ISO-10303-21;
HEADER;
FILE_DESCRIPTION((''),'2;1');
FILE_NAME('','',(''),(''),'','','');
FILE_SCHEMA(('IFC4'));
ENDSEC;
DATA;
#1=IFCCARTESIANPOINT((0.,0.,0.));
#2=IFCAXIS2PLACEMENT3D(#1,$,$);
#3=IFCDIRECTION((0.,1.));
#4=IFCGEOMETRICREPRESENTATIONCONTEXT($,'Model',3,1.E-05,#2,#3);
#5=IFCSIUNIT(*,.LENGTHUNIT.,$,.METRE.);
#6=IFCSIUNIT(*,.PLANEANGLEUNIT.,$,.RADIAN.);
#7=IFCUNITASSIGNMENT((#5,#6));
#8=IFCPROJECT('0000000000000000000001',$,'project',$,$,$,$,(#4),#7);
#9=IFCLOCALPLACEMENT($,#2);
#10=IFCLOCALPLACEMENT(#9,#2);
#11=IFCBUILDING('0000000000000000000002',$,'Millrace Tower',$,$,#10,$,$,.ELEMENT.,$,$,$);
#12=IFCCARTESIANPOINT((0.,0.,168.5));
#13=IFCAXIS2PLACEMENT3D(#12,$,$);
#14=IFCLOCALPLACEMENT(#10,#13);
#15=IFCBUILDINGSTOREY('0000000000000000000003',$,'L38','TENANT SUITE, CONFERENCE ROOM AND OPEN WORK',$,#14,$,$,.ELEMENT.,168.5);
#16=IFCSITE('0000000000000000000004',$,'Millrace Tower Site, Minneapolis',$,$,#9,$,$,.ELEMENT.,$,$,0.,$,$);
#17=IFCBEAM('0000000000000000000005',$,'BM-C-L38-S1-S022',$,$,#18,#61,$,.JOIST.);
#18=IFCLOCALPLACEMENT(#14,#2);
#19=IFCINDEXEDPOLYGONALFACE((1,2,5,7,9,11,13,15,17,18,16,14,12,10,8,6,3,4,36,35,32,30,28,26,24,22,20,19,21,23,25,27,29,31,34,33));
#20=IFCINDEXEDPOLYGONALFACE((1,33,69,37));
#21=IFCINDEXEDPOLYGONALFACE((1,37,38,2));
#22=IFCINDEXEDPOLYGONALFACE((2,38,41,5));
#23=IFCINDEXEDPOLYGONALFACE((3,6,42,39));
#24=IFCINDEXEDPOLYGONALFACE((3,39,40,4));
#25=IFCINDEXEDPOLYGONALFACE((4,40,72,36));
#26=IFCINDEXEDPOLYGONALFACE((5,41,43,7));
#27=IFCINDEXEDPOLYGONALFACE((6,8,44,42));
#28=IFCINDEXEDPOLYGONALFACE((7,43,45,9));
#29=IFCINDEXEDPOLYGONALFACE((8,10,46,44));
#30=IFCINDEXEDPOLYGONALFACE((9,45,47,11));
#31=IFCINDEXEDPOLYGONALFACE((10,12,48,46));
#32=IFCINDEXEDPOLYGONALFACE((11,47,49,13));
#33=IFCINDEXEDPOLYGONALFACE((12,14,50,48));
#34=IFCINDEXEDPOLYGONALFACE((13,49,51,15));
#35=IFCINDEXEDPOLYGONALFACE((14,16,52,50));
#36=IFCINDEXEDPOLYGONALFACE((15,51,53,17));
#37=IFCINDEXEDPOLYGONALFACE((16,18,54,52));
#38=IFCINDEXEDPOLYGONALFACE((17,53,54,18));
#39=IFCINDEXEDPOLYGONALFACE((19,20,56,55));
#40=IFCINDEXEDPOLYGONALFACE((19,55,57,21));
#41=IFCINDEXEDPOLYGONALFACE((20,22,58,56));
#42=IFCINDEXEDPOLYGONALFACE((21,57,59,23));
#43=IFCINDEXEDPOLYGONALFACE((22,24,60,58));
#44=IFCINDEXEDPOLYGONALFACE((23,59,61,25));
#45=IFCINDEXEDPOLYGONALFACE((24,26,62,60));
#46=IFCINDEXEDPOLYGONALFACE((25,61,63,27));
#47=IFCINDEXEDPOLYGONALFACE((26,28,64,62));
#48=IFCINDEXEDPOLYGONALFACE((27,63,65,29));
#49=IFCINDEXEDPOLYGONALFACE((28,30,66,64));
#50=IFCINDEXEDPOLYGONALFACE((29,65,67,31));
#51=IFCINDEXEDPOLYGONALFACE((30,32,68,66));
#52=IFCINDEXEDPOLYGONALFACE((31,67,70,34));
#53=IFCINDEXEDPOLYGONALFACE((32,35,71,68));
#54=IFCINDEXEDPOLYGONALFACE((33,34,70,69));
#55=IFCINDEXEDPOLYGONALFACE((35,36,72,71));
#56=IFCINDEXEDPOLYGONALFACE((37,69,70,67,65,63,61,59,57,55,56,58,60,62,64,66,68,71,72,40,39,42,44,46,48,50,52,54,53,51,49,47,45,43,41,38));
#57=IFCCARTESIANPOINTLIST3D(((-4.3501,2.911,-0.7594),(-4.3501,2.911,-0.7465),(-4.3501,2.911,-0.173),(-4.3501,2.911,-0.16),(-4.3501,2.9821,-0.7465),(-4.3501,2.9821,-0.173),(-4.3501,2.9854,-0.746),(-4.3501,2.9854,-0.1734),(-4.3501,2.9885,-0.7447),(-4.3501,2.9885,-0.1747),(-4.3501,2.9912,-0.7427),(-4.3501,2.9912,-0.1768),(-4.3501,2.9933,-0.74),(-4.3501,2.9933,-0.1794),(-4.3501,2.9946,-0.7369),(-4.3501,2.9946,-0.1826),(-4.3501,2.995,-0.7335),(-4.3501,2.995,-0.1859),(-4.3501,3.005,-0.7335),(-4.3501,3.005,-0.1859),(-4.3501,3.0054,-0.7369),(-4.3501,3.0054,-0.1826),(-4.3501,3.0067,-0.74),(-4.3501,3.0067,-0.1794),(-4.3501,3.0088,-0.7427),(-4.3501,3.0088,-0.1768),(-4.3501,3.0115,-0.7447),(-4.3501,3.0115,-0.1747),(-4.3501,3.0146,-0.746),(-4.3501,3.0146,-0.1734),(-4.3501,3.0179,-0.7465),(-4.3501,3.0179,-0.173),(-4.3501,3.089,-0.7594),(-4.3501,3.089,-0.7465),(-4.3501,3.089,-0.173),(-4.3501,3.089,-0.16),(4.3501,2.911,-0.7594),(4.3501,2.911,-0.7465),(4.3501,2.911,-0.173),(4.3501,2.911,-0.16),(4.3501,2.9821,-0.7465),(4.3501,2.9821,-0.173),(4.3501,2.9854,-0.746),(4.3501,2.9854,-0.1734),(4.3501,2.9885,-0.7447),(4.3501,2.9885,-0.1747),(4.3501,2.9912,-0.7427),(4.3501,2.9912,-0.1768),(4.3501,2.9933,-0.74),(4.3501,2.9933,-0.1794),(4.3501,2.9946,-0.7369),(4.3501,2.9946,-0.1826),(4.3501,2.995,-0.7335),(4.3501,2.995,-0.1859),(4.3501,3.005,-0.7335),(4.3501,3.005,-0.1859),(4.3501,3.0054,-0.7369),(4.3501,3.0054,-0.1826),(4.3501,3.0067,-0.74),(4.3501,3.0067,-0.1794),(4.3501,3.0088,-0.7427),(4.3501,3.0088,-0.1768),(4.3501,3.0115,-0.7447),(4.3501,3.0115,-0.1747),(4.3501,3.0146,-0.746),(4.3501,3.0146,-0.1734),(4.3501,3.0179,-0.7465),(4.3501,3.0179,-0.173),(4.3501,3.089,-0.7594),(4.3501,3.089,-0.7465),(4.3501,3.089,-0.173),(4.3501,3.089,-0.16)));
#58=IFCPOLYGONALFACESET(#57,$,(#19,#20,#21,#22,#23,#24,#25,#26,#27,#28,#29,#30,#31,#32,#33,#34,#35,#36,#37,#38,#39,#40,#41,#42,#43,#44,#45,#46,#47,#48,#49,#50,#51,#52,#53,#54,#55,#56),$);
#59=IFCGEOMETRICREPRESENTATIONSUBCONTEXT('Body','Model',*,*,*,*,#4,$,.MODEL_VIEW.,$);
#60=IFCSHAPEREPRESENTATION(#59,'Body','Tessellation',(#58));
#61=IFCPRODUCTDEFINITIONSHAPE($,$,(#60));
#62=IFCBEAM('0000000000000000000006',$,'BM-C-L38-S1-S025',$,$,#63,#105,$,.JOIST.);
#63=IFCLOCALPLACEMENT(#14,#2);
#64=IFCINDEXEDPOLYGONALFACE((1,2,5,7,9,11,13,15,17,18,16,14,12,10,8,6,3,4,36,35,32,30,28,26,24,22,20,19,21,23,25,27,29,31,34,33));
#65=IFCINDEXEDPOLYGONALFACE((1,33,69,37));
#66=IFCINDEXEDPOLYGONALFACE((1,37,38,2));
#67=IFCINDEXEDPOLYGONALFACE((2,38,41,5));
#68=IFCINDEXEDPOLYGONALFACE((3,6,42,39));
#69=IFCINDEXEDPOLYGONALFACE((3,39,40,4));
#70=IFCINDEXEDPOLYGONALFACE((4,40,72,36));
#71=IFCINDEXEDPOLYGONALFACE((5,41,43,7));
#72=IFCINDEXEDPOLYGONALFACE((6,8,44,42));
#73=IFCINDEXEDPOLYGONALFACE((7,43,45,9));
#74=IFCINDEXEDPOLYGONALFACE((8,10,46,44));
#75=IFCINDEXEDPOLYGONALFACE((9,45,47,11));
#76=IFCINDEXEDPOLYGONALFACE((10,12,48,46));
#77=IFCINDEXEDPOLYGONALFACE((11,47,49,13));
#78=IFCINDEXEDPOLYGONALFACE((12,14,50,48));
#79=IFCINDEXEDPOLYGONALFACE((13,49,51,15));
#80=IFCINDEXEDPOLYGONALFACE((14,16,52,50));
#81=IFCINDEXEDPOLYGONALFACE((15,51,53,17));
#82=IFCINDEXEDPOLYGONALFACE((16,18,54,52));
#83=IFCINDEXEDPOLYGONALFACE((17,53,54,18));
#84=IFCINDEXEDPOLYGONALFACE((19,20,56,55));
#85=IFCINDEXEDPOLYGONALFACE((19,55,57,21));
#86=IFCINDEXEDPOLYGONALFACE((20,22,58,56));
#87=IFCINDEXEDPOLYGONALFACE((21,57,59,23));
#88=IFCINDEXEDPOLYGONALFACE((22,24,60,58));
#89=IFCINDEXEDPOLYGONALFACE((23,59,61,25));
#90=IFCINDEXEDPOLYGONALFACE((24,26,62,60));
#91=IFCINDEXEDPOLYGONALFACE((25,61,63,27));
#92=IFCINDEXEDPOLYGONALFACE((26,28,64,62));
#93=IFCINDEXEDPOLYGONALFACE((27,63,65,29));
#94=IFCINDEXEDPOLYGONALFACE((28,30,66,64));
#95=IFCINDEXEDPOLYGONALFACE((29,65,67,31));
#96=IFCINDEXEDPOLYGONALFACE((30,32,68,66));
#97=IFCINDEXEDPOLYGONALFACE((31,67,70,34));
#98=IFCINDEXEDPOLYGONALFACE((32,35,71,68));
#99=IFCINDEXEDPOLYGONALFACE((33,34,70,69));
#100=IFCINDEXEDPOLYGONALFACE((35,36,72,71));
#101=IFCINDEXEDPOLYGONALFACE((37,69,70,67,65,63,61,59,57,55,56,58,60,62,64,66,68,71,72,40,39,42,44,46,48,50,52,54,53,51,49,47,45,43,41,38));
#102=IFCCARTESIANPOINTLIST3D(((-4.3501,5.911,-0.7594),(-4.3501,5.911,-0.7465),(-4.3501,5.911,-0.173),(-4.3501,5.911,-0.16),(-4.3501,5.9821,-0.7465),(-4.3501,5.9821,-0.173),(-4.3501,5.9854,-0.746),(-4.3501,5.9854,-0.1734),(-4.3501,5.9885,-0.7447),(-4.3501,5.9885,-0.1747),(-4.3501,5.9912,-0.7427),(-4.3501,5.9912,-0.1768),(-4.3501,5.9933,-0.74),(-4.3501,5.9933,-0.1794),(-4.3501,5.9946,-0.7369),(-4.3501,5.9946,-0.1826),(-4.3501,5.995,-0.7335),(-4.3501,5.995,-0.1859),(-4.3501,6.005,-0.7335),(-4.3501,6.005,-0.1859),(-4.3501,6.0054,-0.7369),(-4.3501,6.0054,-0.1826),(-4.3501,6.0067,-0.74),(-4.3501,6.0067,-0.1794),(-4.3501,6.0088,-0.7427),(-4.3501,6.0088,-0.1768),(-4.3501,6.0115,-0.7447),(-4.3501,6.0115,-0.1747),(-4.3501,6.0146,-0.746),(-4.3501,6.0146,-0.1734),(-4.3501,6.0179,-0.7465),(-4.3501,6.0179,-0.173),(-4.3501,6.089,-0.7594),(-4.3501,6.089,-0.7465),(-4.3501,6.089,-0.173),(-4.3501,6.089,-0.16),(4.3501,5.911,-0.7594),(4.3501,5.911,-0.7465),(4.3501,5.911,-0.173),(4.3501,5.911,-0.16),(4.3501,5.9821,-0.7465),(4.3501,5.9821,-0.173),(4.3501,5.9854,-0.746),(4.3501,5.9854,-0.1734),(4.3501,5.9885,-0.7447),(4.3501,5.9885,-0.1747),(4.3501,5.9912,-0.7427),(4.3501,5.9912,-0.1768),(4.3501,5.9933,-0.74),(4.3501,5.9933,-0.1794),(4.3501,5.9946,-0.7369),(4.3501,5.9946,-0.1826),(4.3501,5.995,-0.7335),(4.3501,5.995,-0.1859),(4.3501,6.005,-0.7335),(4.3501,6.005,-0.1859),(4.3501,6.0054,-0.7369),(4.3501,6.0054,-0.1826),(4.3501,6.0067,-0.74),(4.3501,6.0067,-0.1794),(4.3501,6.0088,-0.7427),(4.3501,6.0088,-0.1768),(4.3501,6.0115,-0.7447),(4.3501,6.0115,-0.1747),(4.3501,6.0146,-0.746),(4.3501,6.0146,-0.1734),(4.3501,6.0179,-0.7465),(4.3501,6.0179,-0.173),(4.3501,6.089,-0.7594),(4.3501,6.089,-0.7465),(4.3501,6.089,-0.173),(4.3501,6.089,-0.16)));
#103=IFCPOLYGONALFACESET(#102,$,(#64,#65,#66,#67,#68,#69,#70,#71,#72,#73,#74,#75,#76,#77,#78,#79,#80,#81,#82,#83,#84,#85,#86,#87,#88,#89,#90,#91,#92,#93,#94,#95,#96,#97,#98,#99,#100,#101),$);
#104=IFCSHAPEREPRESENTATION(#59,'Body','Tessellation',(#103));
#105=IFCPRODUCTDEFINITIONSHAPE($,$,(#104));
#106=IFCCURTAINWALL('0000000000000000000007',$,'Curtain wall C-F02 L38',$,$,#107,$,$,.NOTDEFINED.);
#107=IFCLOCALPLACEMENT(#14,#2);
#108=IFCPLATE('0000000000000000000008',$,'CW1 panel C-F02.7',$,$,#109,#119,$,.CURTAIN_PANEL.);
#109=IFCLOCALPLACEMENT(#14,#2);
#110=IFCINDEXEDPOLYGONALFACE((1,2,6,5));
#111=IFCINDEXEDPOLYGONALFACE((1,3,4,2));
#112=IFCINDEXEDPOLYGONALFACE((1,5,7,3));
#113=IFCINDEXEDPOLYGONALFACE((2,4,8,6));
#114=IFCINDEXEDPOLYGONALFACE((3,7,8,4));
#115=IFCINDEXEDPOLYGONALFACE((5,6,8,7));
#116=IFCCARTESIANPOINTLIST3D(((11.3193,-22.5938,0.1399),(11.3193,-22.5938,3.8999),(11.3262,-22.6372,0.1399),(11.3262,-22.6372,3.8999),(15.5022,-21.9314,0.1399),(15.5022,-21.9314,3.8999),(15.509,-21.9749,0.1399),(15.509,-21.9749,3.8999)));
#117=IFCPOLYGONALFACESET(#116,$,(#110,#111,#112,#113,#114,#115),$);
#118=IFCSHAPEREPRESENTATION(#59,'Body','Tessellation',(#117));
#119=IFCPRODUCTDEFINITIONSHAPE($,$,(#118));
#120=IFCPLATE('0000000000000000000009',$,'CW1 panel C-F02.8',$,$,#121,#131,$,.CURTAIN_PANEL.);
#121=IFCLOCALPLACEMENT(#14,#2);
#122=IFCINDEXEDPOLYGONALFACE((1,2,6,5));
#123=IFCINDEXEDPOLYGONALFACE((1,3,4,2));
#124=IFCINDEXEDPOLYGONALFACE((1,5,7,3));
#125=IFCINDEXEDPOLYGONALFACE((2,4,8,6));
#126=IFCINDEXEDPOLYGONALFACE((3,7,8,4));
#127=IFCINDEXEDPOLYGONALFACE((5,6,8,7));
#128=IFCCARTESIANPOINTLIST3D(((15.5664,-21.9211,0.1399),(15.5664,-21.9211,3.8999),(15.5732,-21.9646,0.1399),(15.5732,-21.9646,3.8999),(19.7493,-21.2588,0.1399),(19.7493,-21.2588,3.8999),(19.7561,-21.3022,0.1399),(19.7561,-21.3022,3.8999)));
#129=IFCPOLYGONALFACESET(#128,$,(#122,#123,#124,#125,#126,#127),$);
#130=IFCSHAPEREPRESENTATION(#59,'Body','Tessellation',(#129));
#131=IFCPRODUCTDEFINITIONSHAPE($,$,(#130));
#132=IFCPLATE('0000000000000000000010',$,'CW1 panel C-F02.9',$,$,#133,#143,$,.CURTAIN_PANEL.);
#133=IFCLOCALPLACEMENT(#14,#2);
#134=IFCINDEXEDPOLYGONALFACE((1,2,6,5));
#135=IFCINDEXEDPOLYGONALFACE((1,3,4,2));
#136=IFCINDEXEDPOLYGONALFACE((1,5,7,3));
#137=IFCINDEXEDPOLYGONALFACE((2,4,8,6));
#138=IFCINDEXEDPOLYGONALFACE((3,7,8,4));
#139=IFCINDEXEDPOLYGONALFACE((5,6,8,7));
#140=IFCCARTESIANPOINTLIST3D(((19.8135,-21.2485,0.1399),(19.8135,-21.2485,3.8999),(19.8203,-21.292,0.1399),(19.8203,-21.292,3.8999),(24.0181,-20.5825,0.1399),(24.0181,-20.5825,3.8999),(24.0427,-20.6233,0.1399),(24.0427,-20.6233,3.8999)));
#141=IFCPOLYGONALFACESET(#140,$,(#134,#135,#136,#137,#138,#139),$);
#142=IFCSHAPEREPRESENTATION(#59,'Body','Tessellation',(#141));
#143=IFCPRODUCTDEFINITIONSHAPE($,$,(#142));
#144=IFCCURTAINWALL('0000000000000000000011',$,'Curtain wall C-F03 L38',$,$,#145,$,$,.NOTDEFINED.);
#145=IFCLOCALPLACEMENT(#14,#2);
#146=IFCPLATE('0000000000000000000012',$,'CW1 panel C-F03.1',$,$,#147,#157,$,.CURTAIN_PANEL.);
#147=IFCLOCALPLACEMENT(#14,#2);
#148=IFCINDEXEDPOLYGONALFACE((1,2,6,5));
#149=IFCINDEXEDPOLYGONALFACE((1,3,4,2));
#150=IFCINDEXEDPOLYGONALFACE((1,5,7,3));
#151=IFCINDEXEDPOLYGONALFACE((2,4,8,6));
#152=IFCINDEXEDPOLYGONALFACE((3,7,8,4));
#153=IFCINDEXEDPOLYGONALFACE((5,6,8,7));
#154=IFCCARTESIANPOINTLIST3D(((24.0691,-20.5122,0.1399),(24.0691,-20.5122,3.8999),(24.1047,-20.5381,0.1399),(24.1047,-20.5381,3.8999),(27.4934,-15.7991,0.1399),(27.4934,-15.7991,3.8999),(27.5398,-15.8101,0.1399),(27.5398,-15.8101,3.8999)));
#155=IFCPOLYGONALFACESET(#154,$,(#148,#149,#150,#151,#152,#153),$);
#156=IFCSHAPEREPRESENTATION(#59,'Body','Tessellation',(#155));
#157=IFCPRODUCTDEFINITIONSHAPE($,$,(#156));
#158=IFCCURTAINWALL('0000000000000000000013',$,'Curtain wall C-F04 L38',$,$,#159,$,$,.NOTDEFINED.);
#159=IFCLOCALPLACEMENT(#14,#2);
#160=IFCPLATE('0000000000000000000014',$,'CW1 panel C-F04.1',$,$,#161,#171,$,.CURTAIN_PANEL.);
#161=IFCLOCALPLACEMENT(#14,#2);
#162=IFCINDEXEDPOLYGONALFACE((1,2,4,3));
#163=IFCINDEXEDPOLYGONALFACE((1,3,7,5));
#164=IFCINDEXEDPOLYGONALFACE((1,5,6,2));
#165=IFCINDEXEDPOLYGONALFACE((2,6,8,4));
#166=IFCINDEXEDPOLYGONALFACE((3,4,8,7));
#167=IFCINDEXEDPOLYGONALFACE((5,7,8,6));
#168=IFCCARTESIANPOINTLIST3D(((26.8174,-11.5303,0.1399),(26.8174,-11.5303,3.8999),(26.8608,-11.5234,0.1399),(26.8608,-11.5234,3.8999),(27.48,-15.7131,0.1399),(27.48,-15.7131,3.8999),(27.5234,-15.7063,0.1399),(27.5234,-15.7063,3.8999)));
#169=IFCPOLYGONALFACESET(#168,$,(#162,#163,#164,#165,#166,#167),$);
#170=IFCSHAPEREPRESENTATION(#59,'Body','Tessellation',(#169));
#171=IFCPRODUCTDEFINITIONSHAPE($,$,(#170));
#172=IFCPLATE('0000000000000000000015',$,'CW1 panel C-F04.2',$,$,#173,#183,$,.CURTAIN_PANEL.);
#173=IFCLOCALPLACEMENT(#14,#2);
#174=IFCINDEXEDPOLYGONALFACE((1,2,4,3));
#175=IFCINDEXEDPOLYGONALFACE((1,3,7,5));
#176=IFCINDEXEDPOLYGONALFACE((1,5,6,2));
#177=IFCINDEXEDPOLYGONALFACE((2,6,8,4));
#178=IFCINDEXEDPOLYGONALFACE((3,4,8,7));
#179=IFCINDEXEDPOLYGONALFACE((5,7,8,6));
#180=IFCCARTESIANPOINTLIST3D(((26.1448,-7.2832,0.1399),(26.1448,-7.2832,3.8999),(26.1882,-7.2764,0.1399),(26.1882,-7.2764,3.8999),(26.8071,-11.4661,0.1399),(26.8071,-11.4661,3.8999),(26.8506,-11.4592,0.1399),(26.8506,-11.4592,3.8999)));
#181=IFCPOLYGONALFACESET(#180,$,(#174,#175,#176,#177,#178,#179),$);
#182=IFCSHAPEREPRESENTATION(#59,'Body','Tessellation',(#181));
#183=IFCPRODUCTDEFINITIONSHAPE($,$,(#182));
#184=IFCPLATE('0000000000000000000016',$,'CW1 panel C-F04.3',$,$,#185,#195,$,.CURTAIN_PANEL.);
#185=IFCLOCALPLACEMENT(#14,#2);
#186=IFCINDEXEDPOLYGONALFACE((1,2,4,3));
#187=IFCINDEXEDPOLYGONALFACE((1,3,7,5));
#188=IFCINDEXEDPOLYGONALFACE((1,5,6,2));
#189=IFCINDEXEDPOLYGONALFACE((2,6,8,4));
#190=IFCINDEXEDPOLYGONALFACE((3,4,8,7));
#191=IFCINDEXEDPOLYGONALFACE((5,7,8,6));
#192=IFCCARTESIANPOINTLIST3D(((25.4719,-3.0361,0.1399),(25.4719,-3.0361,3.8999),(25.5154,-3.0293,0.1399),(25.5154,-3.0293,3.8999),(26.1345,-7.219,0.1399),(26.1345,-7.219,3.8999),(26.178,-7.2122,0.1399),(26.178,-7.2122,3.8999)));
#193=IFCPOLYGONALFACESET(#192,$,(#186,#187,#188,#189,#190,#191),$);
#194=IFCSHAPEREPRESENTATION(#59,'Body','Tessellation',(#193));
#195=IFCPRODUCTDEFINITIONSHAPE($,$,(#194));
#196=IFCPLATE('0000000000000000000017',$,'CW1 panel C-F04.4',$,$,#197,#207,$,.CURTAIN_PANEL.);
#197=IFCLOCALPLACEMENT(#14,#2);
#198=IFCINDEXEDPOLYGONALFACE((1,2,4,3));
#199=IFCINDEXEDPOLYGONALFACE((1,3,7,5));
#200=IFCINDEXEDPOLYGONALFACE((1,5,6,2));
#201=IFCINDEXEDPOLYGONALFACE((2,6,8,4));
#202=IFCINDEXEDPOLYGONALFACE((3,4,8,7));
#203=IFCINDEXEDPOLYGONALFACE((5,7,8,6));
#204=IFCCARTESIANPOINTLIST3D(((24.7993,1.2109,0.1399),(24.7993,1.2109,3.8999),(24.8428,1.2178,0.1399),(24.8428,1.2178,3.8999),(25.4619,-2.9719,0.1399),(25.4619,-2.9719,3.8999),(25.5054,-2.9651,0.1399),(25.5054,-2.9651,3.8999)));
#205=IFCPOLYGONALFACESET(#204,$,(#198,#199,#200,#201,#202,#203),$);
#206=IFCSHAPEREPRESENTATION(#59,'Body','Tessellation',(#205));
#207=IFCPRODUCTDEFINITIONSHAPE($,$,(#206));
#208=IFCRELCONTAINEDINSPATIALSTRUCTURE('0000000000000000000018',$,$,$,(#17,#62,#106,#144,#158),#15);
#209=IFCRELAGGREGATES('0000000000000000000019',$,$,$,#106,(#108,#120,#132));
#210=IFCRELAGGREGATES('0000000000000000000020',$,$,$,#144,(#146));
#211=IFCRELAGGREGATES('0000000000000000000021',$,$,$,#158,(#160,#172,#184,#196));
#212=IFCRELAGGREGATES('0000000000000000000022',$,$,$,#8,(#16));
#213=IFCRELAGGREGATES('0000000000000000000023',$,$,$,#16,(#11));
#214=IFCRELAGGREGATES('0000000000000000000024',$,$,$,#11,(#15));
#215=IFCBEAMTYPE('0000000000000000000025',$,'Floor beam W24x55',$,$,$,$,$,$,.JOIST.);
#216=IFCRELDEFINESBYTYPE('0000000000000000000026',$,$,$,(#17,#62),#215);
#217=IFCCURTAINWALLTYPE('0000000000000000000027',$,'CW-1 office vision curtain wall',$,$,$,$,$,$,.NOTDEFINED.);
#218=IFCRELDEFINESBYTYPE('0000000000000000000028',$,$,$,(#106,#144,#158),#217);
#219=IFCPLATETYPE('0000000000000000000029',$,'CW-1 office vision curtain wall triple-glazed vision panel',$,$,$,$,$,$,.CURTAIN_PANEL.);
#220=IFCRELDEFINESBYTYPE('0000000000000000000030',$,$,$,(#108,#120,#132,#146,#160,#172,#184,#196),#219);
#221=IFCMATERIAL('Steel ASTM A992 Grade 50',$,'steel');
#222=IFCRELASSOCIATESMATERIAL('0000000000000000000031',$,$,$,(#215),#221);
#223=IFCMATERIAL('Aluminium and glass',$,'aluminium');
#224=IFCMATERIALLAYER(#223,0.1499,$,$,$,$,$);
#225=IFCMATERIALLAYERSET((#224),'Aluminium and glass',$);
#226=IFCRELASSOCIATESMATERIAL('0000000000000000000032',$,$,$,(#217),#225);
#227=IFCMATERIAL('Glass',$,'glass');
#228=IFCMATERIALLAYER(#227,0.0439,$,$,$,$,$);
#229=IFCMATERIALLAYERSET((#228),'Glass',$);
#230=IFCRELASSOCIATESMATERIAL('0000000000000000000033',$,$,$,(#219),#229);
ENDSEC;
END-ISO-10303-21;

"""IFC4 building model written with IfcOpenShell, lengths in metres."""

from ifc_helpers import new_model, si_unit, direction, frame, origin, origin_2d, place, context, subcontext, project, spatial, polyline, i_section, outline, extrude, material, layer, layer_set, material_profile, profile_set, type_object, element, aggregate, save


model = new_model("IFC4")

# Units and contexts
model_context = context("Model", 3, precision=1e-05, world=origin(), true_north=direction((0.0, 1.0)))
body_context = subcontext(model_context, "Body", "Model", "MODEL_VIEW")
ifc_project = project(units=[si_unit("LENGTHUNIT", "METRE"), si_unit("PLANEANGLEUNIT", "RADIAN")], contexts=[model_context])

# Site, building, storey
site_placement = place(None, origin())
site = spatial("IfcSite", under=ifc_project, at=site_placement, Name="Millrace Tower Site, Minneapolis", CompositionType="ELEMENT", RefElevation=0.0)
building_placement = place(site_placement, origin())
building = spatial("IfcBuilding", under=site, at=building_placement, Name="Millrace Tower", CompositionType="ELEMENT")
storey_placement = place(building_placement, frame((0.0, 0.0, 168.5)))
storey = spatial("IfcBuildingStorey", under=building, at=storey_placement, Name="L38", Description="TENANT SUITE, CONFERENCE ROOM AND OPEN WORK", CompositionType="ELEMENT", Elevation=168.5)

# Beams
ifc_material_1 = material(Name="Steel ASTM A992 Grade 50", Category="steel")
ifc_material_profile = material_profile(ifc_material_1, i_section(OverallWidth=0.178, OverallDepth=0.5994, WebThickness=0.01, FlangeThickness=0.0129, FilletRadius=0.0129, at=origin_2d()))
ifc_profile_set = profile_set([ifc_material_profile], Name="Steel ASTM A992 Grade 50")
beam_type = type_object("IfcBeamType", Name="Floor beam W24x55", PredefinedType="JOIST", material=ifc_profile_set)
for number, where, z_axis, x_axis, name in (
    (1, (-4.3501, 3.0, -0.4597), (1.0, 0.0, 0.0), (0.0, 1.0, 0.0), "BM-C-L38-S1-S022"),
    (2, (-4.3501, 6.0, -0.4597), (1.0, 0.0, 0.0), (0.0, 1.0, 0.0), "BM-C-L38-S1-S025"),
):
    element("IfcBeam", number, at=place(storey_placement, frame(where, z_axis=z_axis, x_axis=x_axis)), inside=storey, type_object=beam_type, Name=name, PredefinedType="JOIST", context=body_context, shape_type="SweptSolid", body=[
        extrude(i_section(OverallWidth=0.178, OverallDepth=0.5994, WebThickness=0.01, FlangeThickness=0.0129, FilletRadius=0.0129, at=origin_2d()), origin(), (0.0, 0.0, 1.0), 8.7002),
    ])

# Curtain wall, plates
ifc_material_2 = material(Name="Aluminium and glass", Category="aluminium")
ifc_layer_1 = layer(ifc_material_2, 0.1499)
ifc_layer_set_1 = layer_set([ifc_layer_1], Name="Aluminium and glass")
curtain_wall_type = type_object("IfcCurtainWallType", Name="CW-1 office vision curtain wall", PredefinedType="NOTDEFINED", material=ifc_layer_set_1)
placement_1 = place(storey_placement, origin())
curtain_wall_1 = element("IfcCurtainWall", 3, at=placement_1, inside=storey, type_object=curtain_wall_type, Name="Curtain wall C-F02 L38", PredefinedType="NOTDEFINED")
ifc_material_3 = material(Name="Glass", Category="glass")
ifc_layer_2 = layer(ifc_material_3, 0.0439)
ifc_layer_set_2 = layer_set([ifc_layer_2], Name="Glass")
plate_type = type_object("IfcPlateType", Name="CW-1 office vision curtain wall triple-glazed vision panel", PredefinedType="CURTAIN_PANEL", material=ifc_layer_set_2)
placement_2 = place(storey_placement, frame((0.0, 0.0, 0.1399)))
plate_1 = element("IfcPlate", 4, at=placement_2, type_object=plate_type, Name="CW1 panel C-F02.7", PredefinedType="CURTAIN_PANEL", context=body_context, shape_type="SweptSolid", body=[
    extrude(outline(polyline([(11.3262, -22.6372), (15.509, -21.9749), (15.5022, -21.9314), (11.3193, -22.5938), (11.3262, -22.6372)])), origin(), (0.0, 0.0, 1.0), 3.76),
])
plate_2 = element("IfcPlate", 5, at=placement_2, type_object=plate_type, Name="CW1 panel C-F02.8", PredefinedType="CURTAIN_PANEL", context=body_context, shape_type="SweptSolid", body=[
    extrude(outline(polyline([(15.5732, -21.9646), (19.7561, -21.3022), (19.7493, -21.2588), (15.5664, -21.9211), (15.5732, -21.9646)])), origin(), (0.0, 0.0, 1.0), 3.76),
])
plate_3 = element("IfcPlate", 6, at=placement_2, type_object=plate_type, Name="CW1 panel C-F02.9", PredefinedType="CURTAIN_PANEL", context=body_context, shape_type="SweptSolid", body=[
    extrude(outline(polyline([(19.8203, -21.292), (24.0427, -20.6233), (24.0181, -20.5825), (19.8135, -21.2485), (19.8203, -21.292)])), origin(), (0.0, 0.0, 1.0), 3.76),
])
aggregate(curtain_wall_1, [plate_1, plate_2, plate_3])

# Curtain wall, plate
curtain_wall_2 = element("IfcCurtainWall", 7, at=placement_1, inside=storey, type_object=curtain_wall_type, Name="Curtain wall C-F03 L38", PredefinedType="NOTDEFINED")
plate_4 = element("IfcPlate", 8, at=placement_2, type_object=plate_type, Name="CW1 panel C-F03.1", PredefinedType="CURTAIN_PANEL", context=body_context, shape_type="SweptSolid", body=[
    extrude(outline(polyline([(24.1047, -20.5381), (27.5398, -15.8101), (27.4934, -15.7991), (24.0691, -20.5122), (24.1047, -20.5381)])), origin(), (0.0, 0.0, 1.0), 3.76),
])
aggregate(curtain_wall_2, [plate_4])

# Curtain wall, plates
curtain_wall_3 = element("IfcCurtainWall", 9, at=placement_1, inside=storey, type_object=curtain_wall_type, Name="Curtain wall C-F04 L38", PredefinedType="NOTDEFINED")
plate_5 = element("IfcPlate", 10, at=placement_2, type_object=plate_type, Name="CW1 panel C-F04.1", PredefinedType="CURTAIN_PANEL", context=body_context, shape_type="SweptSolid", body=[
    extrude(outline(polyline([(27.5234, -15.7063), (26.8608, -11.5234), (26.8174, -11.5303), (27.48, -15.7131), (27.5234, -15.7063)])), origin(), (0.0, 0.0, 1.0), 3.76),
])
plate_6 = element("IfcPlate", 11, at=placement_2, type_object=plate_type, Name="CW1 panel C-F04.2", PredefinedType="CURTAIN_PANEL", context=body_context, shape_type="SweptSolid", body=[
    extrude(outline(polyline([(26.8506, -11.4592), (26.1882, -7.2764), (26.1448, -7.2832), (26.8071, -11.4661), (26.8506, -11.4592)])), origin(), (0.0, 0.0, 1.0), 3.76),
])
plate_7 = element("IfcPlate", 12, at=placement_2, type_object=plate_type, Name="CW1 panel C-F04.3", PredefinedType="CURTAIN_PANEL", context=body_context, shape_type="SweptSolid", body=[
    extrude(outline(polyline([(26.178, -7.2122), (25.5154, -3.0293), (25.4719, -3.0361), (26.1345, -7.219), (26.178, -7.2122)])), origin(), (0.0, 0.0, 1.0), 3.76),
])
plate_8 = element("IfcPlate", 13, at=placement_2, type_object=plate_type, Name="CW1 panel C-F04.4", PredefinedType="CURTAIN_PANEL", context=body_context, shape_type="SweptSolid", body=[
    extrude(outline(polyline([(25.5054, -2.9651), (24.8428, 1.2178), (24.7993, 1.2109), (25.4619, -2.9719), (25.5054, -2.9651)])), origin(), (0.0, 0.0, 1.0), 3.76),
])
aggregate(curtain_wall_3, [plate_5, plate_6, plate_7, plate_8])

save(model, "model.ifc")
